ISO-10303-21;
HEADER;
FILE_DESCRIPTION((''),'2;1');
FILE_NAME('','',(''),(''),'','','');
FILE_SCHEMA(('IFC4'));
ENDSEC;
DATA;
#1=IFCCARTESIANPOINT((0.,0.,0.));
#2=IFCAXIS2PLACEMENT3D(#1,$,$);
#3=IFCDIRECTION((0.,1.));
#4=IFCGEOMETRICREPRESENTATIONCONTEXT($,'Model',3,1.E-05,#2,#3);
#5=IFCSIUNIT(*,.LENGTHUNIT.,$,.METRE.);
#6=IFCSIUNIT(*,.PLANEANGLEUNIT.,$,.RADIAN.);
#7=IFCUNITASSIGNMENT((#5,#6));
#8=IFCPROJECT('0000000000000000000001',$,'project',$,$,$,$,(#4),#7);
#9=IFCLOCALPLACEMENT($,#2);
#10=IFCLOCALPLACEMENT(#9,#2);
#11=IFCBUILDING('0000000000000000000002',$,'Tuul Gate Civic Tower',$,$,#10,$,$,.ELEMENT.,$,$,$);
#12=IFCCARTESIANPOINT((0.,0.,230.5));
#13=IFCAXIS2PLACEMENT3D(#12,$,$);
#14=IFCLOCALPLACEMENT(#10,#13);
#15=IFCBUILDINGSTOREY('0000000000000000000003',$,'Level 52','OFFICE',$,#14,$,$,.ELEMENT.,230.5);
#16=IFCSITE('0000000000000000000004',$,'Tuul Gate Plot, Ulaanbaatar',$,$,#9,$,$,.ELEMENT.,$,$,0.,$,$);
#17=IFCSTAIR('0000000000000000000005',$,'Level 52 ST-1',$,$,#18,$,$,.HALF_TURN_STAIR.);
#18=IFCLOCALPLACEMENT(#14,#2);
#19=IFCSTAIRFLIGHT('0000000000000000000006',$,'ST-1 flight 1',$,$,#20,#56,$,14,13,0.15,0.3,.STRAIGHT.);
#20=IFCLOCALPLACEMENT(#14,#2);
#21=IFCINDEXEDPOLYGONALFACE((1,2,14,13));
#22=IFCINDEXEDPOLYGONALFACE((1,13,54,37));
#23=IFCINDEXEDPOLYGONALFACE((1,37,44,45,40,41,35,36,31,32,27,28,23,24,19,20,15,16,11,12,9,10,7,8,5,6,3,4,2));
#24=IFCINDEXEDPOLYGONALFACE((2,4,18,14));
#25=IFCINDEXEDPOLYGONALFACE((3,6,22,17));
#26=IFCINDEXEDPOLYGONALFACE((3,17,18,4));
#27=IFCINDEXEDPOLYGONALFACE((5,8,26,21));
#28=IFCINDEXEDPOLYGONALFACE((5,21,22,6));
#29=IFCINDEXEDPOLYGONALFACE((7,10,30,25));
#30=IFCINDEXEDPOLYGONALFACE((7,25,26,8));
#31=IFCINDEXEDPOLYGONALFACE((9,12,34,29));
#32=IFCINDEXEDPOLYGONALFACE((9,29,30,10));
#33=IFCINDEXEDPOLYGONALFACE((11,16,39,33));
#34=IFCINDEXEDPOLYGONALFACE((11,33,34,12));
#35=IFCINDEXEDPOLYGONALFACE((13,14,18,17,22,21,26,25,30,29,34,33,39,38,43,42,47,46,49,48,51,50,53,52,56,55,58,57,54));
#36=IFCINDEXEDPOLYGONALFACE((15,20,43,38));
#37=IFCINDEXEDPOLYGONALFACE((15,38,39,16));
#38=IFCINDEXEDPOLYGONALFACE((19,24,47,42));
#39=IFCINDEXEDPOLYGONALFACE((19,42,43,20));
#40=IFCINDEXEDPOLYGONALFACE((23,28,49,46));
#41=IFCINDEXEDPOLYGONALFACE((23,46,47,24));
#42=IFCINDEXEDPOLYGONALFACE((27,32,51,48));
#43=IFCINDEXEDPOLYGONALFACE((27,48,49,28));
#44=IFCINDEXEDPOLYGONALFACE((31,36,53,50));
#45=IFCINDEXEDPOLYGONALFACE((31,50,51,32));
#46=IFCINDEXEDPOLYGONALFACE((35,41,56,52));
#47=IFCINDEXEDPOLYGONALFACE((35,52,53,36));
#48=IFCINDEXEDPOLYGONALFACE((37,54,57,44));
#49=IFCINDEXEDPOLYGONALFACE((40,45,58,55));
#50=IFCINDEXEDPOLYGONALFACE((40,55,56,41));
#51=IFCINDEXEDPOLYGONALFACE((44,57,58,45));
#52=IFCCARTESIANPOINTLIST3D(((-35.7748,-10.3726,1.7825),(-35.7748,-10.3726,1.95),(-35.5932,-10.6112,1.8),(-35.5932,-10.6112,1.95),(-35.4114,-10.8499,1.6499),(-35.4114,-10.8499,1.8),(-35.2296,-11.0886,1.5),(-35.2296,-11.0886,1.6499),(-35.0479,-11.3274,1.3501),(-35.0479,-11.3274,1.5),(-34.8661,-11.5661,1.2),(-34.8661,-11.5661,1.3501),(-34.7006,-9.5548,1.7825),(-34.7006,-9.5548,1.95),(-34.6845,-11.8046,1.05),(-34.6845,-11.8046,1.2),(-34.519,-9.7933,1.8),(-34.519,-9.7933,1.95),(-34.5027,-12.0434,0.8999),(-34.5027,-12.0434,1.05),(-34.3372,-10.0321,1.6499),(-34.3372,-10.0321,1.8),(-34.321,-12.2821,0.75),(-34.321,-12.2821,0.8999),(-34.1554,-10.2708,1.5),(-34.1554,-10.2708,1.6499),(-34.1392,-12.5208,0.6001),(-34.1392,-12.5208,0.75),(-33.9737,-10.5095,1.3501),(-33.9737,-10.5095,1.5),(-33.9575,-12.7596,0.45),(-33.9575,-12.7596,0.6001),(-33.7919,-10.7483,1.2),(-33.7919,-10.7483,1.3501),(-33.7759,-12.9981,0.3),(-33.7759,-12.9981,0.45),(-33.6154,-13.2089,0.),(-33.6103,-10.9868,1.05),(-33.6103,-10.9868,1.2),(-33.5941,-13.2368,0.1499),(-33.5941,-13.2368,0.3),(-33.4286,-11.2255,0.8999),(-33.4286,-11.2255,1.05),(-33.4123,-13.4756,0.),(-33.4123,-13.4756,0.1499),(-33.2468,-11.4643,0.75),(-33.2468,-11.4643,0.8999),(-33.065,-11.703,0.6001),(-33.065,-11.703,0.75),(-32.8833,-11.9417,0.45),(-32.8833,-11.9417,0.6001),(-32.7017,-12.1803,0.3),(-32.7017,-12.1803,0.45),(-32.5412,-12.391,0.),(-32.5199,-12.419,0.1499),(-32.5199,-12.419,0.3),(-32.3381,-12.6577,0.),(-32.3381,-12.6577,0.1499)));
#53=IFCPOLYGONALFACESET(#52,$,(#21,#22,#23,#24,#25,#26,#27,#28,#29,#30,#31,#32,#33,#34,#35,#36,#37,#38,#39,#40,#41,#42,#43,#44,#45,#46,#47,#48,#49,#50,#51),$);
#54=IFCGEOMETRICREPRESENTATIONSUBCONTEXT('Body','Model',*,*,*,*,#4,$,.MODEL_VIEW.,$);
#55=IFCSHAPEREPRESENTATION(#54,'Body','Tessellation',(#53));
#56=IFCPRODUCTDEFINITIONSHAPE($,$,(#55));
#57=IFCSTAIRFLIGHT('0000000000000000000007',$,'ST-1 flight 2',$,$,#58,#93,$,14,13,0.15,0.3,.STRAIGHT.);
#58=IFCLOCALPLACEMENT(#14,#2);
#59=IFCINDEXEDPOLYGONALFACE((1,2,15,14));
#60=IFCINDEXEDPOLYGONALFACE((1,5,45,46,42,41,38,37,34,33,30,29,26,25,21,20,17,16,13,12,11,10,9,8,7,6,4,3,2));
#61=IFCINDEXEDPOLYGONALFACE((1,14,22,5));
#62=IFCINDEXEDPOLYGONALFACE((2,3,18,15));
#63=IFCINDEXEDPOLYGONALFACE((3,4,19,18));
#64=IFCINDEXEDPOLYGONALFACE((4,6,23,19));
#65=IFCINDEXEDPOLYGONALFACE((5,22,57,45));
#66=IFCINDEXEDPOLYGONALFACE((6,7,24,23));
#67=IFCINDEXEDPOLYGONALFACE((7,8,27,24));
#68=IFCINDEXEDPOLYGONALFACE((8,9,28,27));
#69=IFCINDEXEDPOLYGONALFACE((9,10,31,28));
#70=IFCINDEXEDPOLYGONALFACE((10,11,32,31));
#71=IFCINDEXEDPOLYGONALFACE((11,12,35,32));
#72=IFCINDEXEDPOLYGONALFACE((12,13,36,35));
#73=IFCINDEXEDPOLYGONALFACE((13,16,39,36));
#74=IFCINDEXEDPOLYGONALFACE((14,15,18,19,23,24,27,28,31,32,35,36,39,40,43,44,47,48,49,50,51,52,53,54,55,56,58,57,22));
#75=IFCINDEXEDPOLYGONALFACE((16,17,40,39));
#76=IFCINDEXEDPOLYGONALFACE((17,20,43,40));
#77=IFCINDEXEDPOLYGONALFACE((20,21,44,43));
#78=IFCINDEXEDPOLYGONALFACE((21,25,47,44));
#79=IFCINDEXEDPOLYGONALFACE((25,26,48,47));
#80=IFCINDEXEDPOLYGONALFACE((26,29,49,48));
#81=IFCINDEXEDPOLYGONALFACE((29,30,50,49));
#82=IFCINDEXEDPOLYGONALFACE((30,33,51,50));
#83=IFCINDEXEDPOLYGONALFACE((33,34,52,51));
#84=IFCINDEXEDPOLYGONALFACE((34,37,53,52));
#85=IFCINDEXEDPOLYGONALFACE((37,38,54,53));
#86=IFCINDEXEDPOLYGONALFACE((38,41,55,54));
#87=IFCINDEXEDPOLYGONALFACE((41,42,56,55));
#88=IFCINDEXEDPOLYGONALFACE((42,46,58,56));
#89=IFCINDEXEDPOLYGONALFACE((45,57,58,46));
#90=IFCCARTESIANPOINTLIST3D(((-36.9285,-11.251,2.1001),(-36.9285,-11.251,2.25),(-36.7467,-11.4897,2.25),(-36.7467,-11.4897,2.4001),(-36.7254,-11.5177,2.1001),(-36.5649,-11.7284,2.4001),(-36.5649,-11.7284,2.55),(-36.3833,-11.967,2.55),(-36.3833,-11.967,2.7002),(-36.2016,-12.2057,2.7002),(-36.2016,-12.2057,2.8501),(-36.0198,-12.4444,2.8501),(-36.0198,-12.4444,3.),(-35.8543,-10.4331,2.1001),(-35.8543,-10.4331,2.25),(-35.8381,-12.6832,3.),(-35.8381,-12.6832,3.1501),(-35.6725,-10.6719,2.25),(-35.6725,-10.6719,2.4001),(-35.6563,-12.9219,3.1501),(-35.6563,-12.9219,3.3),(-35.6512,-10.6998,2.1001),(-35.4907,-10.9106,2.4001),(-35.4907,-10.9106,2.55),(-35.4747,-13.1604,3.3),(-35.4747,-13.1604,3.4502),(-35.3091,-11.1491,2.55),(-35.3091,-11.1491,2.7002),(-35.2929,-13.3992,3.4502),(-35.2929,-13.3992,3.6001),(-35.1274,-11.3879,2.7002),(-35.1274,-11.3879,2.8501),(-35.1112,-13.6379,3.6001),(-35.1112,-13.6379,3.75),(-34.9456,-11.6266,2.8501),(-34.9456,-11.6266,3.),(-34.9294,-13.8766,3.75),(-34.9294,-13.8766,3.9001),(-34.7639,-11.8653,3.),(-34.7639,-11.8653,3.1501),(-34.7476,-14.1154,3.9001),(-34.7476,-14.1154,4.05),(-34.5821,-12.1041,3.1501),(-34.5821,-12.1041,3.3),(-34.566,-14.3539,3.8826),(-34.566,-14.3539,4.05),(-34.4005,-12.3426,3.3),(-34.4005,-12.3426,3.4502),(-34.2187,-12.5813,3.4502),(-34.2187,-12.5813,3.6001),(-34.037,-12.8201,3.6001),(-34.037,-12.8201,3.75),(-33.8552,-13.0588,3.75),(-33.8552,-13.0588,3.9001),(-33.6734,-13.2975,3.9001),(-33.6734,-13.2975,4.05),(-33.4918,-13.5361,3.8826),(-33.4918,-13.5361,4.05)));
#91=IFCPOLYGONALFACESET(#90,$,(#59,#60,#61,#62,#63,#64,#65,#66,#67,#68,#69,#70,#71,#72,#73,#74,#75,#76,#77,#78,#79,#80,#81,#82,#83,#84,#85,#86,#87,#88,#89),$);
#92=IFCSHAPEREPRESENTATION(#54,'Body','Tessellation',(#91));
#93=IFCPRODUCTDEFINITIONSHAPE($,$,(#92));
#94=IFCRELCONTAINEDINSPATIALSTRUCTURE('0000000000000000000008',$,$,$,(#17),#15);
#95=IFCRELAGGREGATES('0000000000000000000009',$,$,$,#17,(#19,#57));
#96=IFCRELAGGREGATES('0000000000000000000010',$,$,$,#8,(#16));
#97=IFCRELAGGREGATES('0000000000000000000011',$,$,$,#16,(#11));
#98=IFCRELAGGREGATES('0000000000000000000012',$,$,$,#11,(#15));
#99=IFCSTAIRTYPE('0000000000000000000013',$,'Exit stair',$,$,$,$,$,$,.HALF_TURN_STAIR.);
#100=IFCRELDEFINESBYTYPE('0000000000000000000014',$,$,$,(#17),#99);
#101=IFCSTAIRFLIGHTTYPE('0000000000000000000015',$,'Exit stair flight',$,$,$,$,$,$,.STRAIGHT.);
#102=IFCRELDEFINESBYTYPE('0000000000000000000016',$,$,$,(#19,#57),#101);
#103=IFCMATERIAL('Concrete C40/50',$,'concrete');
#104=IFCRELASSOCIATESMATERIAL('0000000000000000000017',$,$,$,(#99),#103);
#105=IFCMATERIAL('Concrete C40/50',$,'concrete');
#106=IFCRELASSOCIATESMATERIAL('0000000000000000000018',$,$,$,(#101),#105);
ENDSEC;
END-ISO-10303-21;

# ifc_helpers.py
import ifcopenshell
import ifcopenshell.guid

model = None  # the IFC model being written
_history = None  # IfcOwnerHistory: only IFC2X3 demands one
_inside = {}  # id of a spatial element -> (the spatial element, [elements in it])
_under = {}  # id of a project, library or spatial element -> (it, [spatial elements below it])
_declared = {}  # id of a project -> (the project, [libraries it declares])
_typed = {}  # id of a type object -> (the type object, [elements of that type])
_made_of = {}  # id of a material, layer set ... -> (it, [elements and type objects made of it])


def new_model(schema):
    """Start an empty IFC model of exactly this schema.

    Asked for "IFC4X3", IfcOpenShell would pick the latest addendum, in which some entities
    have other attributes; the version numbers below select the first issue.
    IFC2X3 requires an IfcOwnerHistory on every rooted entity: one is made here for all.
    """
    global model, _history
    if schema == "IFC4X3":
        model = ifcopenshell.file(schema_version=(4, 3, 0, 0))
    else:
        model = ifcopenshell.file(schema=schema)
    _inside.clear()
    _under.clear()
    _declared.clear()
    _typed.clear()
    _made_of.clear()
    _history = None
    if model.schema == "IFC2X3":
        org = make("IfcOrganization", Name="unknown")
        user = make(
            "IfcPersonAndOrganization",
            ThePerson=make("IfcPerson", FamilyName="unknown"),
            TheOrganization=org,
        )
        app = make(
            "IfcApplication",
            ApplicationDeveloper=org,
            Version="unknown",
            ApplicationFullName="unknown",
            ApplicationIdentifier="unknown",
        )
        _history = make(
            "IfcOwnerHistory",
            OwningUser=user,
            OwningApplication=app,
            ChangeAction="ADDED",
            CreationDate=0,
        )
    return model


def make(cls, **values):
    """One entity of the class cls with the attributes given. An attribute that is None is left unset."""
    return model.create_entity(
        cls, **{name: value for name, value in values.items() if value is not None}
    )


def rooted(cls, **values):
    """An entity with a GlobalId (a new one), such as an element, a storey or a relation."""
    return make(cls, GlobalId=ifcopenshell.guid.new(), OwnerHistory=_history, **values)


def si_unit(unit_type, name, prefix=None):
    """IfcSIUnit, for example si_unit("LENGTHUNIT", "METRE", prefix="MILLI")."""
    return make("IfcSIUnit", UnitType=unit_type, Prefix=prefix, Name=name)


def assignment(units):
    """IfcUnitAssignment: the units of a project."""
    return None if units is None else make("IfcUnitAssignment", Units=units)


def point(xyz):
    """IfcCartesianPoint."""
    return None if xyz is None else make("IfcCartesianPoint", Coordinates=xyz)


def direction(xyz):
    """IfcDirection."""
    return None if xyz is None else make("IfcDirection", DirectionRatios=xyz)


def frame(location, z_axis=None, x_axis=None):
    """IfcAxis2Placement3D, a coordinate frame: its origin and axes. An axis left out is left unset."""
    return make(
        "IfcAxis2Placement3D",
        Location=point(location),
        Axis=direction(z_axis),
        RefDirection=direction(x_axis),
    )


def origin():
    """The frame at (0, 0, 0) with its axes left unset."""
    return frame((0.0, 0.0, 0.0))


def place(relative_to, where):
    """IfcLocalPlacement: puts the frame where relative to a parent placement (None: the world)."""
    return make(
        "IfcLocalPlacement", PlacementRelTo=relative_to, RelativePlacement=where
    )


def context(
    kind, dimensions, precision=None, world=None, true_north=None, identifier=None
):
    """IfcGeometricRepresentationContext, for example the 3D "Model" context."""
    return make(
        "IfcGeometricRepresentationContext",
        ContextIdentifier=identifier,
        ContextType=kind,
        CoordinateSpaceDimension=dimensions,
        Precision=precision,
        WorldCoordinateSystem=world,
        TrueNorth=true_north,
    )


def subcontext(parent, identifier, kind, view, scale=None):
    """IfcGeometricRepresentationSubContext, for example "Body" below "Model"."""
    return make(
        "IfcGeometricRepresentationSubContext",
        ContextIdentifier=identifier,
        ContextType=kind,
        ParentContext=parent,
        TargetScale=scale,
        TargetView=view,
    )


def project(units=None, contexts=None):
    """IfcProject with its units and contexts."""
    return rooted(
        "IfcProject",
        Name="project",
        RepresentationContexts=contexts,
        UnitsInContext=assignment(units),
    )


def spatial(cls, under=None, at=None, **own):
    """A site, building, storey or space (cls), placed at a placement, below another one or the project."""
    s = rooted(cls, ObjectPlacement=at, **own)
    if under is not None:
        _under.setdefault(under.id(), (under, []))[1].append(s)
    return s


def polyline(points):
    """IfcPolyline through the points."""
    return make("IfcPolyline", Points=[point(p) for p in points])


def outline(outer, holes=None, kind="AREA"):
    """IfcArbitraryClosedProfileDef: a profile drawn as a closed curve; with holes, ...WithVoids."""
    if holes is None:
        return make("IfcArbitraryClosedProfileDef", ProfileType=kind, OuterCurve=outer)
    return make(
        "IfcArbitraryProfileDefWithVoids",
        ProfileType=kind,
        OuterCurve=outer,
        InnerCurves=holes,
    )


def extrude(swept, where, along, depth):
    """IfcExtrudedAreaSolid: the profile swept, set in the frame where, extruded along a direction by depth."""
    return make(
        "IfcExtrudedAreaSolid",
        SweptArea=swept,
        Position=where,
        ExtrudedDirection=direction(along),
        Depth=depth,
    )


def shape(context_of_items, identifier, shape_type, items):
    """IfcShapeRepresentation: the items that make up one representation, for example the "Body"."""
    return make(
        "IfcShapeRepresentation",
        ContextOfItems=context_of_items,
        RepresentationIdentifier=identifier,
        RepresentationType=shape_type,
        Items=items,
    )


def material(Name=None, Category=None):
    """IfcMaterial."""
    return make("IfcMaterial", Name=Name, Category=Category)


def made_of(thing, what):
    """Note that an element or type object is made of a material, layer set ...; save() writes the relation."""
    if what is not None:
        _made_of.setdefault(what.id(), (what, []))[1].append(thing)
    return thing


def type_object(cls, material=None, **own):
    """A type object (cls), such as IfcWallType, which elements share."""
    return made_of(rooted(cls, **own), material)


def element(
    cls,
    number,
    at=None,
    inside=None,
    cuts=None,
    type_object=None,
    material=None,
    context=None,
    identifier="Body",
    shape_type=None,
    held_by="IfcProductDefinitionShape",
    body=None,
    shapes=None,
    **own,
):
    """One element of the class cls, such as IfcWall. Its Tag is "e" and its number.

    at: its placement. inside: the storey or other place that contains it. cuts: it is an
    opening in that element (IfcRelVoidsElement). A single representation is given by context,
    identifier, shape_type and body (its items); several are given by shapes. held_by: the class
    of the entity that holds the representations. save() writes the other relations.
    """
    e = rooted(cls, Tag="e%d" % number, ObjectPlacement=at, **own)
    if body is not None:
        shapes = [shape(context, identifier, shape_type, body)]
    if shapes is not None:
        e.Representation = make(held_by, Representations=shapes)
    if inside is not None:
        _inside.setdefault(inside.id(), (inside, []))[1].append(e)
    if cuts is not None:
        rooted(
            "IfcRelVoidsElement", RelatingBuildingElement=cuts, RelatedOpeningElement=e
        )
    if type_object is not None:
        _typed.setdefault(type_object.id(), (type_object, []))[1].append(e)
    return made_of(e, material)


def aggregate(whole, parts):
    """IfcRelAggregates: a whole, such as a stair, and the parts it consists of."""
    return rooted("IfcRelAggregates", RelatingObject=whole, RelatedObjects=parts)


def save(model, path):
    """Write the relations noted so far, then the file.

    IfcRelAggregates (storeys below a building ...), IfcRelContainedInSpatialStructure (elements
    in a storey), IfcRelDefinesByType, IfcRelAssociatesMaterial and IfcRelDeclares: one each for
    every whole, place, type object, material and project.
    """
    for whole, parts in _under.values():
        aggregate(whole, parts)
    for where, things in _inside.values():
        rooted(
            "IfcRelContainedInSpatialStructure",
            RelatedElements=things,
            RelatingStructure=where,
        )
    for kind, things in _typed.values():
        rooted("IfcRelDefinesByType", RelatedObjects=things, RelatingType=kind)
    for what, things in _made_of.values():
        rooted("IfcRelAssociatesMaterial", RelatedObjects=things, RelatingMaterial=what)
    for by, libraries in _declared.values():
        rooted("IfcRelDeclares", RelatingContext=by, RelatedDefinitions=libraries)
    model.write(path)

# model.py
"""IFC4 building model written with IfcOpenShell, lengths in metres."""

from ifc_helpers import new_model, si_unit, direction, frame, origin, place, context, subcontext, project, spatial, polyline, outline, extrude, material, type_object, element, aggregate, save


model = new_model("IFC4")

# Units and contexts
model_context = context("Model", 3, precision=1e-05, world=origin(), true_north=direction((0.0, 1.0)))
body_context = subcontext(model_context, "Body", "Model", "MODEL_VIEW")
ifc_project = project(units=[si_unit("LENGTHUNIT", "METRE"), si_unit("PLANEANGLEUNIT", "RADIAN")], contexts=[model_context])

# Site, building, storey
site_placement = place(None, origin())
site = spatial("IfcSite", under=ifc_project, at=site_placement, Name="Tuul Gate Plot, Ulaanbaatar", CompositionType="ELEMENT", RefElevation=0.0)
building_placement = place(site_placement, origin())
building = spatial("IfcBuilding", under=site, at=building_placement, Name="Tuul Gate Civic Tower", CompositionType="ELEMENT")
storey_placement = place(building_placement, frame((0.0, 0.0, 230.5)))
storey = spatial("IfcBuildingStorey", under=building, at=storey_placement, Name="Level 52", Description="OFFICE", CompositionType="ELEMENT", Elevation=230.5)

# Stair, stair flights
ifc_material_1 = material(Name="Concrete C40/50", Category="concrete")
stair_type = type_object("IfcStairType", Name="Exit stair", PredefinedType="HALF_TURN_STAIR", material=ifc_material_1)
stair_placement = place(storey_placement, origin())
stair = element("IfcStair", 1, at=stair_placement, inside=storey, type_object=stair_type, Name="Level 52 ST-1", PredefinedType="HALF_TURN_STAIR")
ifc_material_2 = material(Name="Concrete C40/50", Category="concrete")
stair_flight_type = type_object("IfcStairFlightType", Name="Exit stair flight", PredefinedType="STRAIGHT", material=ifc_material_2)
stair_flight_1_placement = place(storey_placement, frame((-32.8752, -13.0667, 0.0), z_axis=(0.0, 0.0, 1.0), x_axis=(-0.605764, 0.795644, 0.0)))
stair_flight_1 = element("IfcStairFlight", 2, at=stair_flight_1_placement, type_object=stair_flight_type, Name="ST-1 flight 1", NumberOfRisers=14, NumberOfTreads=13, PredefinedType="STRAIGHT", RiserHeight=0.15, TreadLength=0.3, context=body_context, shape_type="SweptSolid", body=[
    extrude(outline(polyline([(0.0, 0.0), (0.0, 0.1499), (0.3, 0.1499), (0.3, 0.3), (0.6001, 0.3), (0.6001, 0.45), (0.8999, 0.45), (0.8999, 0.6001), (1.2, 0.6001), (1.2, 0.75), (1.5, 0.75), (1.5, 0.8999), (1.8, 0.8999), (1.8, 1.05), (2.1001, 1.05), (2.1001, 1.2), (2.3999, 1.2), (2.3999, 1.3501), (2.7, 1.3501), (2.7, 1.5), (3.0, 1.5), (3.0, 1.6499), (3.3, 1.6499), (3.3, 1.8), (3.6001, 1.8), (3.6001, 1.95), (3.8999, 1.95), (3.8999, 2.1001), (3.8999, 1.7825), (0.3352, 0.0), (0.0, 0.0)])), frame((0.0, 0.675, 0.0), z_axis=(0.0, -1.0, 0.0), x_axis=(1.0, 0.0, 0.0)), (0.0, 0.0, 1.0), 1.3501),
])
stair_flight_2_placement = place(storey_placement, frame((-36.3914, -10.842, 2.1001), z_axis=(0.0, 0.0, 1.0), x_axis=(0.605764, -0.795644, 0.0)))
stair_flight_2 = element("IfcStairFlight", 3, at=stair_flight_2_placement, type_object=stair_flight_type, Name="ST-1 flight 2", NumberOfRisers=14, NumberOfTreads=13, PredefinedType="STRAIGHT", RiserHeight=0.15, TreadLength=0.3, context=body_context, shape_type="SweptSolid", body=[
    extrude(outline(polyline([(0.0, 0.0), (0.0, 0.1499), (0.3, 0.1499), (0.3, 0.3), (0.6001, 0.3), (0.6001, 0.45), (0.8999, 0.45), (0.8999, 0.6001), (1.2, 0.6001), (1.2, 0.75), (1.5, 0.75), (1.5, 0.8999), (1.8, 0.8999), (1.8, 1.05), (2.1001, 1.05), (2.1001, 1.2), (2.3999, 1.2), (2.3999, 1.3501), (2.7, 1.3501), (2.7, 1.5), (3.0, 1.5), (3.0, 1.6499), (3.3, 1.6499), (3.3, 1.8), (3.6001, 1.8), (3.6001, 1.95), (3.8999, 1.95), (3.8999, 2.1001), (3.8999, 1.7825), (0.3352, 0.0), (0.0, 0.0)])), frame((0.0, 0.675, 0.0), z_axis=(0.0, -1.0, 0.0), x_axis=(1.0, 0.0, 0.0)), (0.0, 0.0, 1.0), 1.3501),
])
aggregate(stair, [stair_flight_1, stair_flight_2])

save(model, "model.ifc")
